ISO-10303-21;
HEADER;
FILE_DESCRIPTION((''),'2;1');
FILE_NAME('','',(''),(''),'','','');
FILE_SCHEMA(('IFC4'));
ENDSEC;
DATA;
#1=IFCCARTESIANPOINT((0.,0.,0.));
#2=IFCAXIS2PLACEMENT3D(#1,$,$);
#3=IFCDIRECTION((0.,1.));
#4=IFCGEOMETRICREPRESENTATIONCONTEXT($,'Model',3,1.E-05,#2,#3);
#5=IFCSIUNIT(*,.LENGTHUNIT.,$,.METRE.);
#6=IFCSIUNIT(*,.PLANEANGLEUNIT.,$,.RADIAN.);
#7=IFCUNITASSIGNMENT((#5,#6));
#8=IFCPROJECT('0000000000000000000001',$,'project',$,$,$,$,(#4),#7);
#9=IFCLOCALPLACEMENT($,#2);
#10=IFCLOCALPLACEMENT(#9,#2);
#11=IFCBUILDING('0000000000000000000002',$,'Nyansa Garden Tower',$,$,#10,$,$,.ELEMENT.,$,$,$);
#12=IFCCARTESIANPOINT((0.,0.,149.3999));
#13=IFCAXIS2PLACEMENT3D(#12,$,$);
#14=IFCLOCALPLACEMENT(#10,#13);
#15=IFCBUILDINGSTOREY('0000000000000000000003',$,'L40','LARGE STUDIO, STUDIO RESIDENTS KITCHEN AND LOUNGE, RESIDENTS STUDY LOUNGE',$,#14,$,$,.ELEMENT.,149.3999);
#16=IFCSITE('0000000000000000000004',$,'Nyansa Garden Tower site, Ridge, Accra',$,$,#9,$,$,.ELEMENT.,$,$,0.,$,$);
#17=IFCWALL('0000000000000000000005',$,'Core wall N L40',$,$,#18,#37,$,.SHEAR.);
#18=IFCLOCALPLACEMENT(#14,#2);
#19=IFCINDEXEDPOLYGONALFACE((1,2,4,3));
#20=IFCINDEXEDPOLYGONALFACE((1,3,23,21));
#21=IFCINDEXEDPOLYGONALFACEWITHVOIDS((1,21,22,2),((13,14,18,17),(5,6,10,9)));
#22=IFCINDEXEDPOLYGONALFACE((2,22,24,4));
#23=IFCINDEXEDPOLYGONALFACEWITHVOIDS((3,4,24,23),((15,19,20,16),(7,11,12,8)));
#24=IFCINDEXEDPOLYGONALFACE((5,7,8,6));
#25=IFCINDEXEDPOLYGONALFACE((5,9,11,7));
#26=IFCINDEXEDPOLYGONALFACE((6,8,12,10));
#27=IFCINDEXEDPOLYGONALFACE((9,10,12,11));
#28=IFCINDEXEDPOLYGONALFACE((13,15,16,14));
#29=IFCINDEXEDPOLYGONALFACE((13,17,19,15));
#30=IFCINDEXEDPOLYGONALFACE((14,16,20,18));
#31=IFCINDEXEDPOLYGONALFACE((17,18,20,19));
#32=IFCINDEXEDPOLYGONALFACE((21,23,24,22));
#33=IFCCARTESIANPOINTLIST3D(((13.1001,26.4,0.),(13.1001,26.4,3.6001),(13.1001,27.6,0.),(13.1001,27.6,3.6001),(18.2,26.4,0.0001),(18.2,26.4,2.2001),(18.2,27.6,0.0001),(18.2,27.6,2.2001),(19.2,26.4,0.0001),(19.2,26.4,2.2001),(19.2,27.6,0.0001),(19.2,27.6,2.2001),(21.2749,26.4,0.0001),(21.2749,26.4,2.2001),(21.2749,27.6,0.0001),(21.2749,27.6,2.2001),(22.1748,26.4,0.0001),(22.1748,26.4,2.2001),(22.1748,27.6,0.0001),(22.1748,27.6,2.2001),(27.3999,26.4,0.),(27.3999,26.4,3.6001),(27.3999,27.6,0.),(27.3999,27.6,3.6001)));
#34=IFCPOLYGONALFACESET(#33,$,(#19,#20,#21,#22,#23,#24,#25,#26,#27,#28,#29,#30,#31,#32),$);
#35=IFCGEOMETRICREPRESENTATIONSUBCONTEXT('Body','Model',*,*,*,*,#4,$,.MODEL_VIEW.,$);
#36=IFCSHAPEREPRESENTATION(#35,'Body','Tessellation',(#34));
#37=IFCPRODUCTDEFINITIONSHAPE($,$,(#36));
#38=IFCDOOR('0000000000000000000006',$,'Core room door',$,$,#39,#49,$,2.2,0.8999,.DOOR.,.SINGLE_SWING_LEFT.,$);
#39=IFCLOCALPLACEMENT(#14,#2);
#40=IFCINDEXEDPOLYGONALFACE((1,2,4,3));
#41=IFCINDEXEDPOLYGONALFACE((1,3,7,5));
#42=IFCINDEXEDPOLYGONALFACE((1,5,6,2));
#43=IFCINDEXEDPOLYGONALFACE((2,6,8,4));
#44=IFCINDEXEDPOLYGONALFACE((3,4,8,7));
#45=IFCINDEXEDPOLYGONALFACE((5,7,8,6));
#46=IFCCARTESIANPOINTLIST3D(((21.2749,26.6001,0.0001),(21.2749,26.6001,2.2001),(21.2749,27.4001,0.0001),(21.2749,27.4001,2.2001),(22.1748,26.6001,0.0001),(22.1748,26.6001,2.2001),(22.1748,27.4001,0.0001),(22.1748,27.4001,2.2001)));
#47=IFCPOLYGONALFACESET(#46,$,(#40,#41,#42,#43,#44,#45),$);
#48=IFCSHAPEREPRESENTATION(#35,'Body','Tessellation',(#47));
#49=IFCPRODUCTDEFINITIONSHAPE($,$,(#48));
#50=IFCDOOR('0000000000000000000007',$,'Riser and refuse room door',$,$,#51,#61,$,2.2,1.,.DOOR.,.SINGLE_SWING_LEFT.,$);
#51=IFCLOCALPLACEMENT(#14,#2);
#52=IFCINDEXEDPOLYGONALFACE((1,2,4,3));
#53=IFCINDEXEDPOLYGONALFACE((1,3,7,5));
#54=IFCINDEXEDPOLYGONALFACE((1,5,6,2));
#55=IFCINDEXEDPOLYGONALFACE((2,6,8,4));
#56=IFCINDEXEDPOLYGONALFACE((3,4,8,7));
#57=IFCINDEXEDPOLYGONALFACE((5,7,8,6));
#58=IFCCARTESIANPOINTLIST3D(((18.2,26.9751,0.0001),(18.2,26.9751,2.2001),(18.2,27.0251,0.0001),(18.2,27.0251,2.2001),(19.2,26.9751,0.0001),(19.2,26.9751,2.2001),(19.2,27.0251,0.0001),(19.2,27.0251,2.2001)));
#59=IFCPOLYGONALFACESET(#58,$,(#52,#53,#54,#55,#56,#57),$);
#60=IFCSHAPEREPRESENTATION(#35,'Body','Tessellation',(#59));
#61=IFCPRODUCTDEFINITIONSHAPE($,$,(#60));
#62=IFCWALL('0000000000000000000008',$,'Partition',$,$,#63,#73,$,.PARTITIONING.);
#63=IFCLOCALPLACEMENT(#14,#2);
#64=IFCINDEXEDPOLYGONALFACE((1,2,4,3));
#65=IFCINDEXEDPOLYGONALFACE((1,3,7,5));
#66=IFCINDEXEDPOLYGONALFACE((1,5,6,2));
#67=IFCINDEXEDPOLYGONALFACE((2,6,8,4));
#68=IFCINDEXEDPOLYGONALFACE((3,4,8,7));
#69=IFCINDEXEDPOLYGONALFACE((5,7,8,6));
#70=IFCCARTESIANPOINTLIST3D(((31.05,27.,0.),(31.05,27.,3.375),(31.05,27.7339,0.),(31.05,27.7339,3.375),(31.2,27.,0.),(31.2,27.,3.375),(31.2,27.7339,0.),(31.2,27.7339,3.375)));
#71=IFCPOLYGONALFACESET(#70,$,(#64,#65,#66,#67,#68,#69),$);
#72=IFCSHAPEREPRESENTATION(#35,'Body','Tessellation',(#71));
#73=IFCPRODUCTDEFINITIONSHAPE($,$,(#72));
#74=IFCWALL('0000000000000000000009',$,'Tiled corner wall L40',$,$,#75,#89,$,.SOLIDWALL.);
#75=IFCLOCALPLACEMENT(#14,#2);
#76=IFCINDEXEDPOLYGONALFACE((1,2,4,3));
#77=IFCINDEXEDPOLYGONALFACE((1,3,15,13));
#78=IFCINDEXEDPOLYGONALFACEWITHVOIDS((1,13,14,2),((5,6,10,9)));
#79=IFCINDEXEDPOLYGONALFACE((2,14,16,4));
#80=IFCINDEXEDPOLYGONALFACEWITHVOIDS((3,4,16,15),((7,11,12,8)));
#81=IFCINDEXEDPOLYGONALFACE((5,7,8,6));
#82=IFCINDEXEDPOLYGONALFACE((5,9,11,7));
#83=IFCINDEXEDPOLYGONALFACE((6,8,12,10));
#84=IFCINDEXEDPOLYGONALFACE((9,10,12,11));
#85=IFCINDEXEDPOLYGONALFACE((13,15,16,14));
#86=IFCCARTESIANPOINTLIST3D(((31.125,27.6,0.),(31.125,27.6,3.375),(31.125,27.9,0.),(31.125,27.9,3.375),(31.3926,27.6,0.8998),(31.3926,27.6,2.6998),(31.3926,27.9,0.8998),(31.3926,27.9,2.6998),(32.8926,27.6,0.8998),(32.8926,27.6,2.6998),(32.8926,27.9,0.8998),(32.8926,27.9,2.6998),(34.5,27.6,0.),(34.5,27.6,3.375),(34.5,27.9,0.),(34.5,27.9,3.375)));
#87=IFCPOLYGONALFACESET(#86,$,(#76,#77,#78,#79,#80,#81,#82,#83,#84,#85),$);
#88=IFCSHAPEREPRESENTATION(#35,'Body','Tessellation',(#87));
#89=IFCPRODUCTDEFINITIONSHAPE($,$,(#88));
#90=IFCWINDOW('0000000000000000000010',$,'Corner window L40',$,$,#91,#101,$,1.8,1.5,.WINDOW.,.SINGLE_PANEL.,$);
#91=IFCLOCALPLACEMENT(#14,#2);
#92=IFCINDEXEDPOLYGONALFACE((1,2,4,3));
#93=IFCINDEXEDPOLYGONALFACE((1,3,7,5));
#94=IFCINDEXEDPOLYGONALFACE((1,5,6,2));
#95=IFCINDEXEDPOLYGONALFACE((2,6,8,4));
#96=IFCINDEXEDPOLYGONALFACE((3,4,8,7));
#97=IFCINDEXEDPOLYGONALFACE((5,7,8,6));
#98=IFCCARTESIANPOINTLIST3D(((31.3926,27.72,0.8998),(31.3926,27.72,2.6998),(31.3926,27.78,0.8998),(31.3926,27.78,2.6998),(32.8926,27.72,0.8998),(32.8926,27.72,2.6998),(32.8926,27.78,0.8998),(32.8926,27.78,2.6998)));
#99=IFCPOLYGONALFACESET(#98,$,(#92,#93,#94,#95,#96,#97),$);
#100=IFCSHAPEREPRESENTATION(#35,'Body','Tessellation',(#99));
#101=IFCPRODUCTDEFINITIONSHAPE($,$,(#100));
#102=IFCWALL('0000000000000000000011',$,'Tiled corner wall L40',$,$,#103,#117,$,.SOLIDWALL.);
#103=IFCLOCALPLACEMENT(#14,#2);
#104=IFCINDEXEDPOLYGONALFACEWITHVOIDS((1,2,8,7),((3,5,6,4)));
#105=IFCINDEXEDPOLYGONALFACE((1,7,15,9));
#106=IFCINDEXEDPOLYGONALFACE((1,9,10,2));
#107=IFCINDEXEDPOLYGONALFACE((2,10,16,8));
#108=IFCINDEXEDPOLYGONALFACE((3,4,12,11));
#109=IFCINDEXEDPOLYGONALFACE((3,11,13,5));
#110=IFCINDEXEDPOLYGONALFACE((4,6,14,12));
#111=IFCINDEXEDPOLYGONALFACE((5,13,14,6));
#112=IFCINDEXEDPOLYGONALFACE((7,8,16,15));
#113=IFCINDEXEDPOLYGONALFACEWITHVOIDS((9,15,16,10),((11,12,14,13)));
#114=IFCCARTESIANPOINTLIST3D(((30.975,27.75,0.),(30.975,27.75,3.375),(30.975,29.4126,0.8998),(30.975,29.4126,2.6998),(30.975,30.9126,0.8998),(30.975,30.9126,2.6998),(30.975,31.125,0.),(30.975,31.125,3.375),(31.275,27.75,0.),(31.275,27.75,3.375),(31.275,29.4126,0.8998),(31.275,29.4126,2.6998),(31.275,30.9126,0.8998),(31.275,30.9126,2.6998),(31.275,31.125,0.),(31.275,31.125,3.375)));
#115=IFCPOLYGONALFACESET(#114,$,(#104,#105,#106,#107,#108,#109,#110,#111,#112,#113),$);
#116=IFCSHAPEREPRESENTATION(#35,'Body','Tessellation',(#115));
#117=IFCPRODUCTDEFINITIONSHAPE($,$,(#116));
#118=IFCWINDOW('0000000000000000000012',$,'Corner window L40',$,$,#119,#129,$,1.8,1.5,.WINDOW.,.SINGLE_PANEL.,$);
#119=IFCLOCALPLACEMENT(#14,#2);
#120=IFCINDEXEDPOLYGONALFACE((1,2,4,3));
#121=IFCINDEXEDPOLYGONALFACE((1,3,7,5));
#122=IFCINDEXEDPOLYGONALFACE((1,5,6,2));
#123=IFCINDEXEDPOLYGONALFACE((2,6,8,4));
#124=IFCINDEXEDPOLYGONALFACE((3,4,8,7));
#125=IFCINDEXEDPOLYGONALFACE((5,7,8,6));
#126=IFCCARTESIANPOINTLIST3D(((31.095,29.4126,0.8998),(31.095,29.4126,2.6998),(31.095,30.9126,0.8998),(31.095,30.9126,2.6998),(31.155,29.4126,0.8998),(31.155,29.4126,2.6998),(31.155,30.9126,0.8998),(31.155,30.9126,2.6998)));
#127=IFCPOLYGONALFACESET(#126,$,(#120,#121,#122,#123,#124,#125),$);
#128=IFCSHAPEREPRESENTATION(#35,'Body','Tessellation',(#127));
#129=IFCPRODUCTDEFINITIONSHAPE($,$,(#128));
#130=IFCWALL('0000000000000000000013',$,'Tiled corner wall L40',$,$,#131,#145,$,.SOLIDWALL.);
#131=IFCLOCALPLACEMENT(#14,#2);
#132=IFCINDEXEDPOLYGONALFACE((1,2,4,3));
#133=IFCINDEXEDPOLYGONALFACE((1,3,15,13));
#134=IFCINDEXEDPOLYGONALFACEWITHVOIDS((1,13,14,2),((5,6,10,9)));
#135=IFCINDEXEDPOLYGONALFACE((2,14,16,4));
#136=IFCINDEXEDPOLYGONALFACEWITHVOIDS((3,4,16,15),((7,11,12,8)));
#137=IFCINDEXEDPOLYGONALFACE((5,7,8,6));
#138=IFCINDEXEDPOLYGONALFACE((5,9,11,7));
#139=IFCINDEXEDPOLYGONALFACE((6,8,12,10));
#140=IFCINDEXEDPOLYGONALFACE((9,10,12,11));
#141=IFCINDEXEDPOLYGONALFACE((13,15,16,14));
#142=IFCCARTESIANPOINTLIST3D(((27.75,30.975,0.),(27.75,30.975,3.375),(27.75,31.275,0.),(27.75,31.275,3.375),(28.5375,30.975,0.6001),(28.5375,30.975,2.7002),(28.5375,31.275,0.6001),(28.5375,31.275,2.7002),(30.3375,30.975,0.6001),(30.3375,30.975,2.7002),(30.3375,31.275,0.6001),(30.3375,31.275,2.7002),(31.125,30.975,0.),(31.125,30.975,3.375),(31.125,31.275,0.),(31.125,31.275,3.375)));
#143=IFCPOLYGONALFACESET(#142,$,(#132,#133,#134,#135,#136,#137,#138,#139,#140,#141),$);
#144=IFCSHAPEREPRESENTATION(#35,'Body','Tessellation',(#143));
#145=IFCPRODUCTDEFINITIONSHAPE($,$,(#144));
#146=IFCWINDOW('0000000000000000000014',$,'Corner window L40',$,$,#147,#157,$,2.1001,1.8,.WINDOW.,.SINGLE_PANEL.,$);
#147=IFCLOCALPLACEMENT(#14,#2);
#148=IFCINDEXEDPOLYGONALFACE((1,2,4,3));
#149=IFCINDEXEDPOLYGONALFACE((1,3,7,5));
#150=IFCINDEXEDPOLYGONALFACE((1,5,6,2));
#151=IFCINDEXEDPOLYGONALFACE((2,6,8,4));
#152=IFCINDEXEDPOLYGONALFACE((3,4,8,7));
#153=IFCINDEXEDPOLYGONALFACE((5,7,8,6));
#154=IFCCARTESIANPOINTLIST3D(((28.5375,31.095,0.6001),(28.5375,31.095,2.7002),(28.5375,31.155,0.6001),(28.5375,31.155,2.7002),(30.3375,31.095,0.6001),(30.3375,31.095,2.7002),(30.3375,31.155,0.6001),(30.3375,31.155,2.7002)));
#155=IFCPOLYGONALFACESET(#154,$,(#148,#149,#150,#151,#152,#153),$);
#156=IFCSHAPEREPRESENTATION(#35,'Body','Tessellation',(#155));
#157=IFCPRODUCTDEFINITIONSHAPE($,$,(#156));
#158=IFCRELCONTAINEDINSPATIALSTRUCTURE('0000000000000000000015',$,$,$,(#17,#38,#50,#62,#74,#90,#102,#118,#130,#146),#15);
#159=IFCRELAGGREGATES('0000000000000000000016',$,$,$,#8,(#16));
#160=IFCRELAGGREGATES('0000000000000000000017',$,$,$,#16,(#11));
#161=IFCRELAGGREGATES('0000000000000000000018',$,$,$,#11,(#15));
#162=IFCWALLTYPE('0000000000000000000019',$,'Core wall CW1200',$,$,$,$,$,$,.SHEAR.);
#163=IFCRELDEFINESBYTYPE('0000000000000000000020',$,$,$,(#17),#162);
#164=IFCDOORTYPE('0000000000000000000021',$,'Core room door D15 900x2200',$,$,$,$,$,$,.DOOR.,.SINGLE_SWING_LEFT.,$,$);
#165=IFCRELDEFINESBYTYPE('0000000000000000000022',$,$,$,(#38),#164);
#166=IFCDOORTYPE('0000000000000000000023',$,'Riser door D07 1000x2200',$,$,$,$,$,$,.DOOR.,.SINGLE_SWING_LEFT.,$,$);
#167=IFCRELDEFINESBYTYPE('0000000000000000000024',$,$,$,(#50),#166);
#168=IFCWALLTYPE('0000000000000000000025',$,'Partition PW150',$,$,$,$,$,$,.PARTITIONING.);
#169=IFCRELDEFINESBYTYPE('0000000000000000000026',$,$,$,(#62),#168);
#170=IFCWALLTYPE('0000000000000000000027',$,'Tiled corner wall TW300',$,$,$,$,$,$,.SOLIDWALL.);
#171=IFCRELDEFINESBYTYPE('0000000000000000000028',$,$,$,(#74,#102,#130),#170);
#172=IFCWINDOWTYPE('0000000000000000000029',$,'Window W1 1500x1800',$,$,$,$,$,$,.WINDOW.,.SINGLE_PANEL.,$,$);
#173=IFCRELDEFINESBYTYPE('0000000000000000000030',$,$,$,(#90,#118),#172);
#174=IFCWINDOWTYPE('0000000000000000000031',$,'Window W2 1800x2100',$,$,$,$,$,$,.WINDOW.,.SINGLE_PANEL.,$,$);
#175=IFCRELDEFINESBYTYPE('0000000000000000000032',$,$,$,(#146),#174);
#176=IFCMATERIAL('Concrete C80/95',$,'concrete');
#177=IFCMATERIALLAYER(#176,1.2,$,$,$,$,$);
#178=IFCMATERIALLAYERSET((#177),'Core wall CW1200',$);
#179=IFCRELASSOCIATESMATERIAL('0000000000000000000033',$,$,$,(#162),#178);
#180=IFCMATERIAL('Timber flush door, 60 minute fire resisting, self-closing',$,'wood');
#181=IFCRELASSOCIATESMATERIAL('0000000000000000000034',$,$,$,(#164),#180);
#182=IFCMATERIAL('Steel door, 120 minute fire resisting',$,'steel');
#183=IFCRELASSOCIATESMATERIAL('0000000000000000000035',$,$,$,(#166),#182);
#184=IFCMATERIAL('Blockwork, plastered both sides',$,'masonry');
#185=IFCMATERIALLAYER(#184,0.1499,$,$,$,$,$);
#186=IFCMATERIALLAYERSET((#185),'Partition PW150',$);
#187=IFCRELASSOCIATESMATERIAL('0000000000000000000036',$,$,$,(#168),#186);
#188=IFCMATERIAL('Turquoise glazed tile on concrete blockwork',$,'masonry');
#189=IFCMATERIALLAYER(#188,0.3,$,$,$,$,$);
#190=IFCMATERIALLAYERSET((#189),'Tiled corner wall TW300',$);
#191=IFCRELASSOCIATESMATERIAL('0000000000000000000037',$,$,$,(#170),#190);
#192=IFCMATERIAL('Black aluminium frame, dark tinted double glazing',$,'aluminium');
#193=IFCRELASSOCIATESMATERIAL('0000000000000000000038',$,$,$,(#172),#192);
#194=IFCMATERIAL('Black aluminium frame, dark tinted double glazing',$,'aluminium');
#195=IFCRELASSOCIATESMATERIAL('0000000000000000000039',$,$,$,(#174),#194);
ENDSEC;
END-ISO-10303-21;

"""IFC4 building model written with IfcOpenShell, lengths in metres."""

from ifc_helpers import new_model, si_unit, direction, frame, frame_2d, origin, place, context, subcontext, project, spatial, rectangle, extrude, material, layer, layer_set, type_object, element, fill, save


model = new_model("IFC4")

# Units and contexts
model_context = context("Model", 3, precision=1e-05, world=origin(), true_north=direction((0.0, 1.0)))
body_context = subcontext(model_context, "Body", "Model", "MODEL_VIEW")
ifc_project = project(units=[si_unit("LENGTHUNIT", "METRE"), si_unit("PLANEANGLEUNIT", "RADIAN")], contexts=[model_context])

# Site, building, storey
site_placement = place(None, origin())
site = spatial("IfcSite", under=ifc_project, at=site_placement, Name="Nyansa Garden Tower site, Ridge, Accra", CompositionType="ELEMENT", RefElevation=0.0)
building_placement = place(site_placement, origin())
building = spatial("IfcBuilding", under=site, at=building_placement, Name="Nyansa Garden Tower", CompositionType="ELEMENT")
storey_placement = place(building_placement, frame((0.0, 0.0, 149.3999)))
storey = spatial("IfcBuildingStorey", under=building, at=storey_placement, Name="L40", Description="LARGE STUDIO, STUDIO RESIDENTS KITCHEN AND LOUNGE, RESIDENTS STUDY LOUNGE", CompositionType="ELEMENT", Elevation=149.3999)

# Wall, openings, doors
ifc_material_1 = material(Name="Concrete C80/95", Category="concrete")
ifc_layer_1 = layer(ifc_material_1, 1.2)
ifc_layer_set_1 = layer_set([ifc_layer_1], Name="Core wall CW1200")
wall_type_1 = type_object("IfcWallType", Name="Core wall CW1200", PredefinedType="SHEAR", material=ifc_layer_set_1)
wall_1_placement = place(storey_placement, frame((27.3999, 27.0, 0.0), z_axis=(0.0, 0.0, 1.0), x_axis=(-1.0, 0.0, 0.0)))
wall_1 = element("IfcWall", 1, at=wall_1_placement, inside=storey, type_object=wall_type_1, Name="Core wall N L40", PredefinedType="SHEAR", context=body_context, shape_type="SweptSolid", body=[
    extrude(rectangle(XDim=14.2998, YDim=1.2, at=frame_2d((7.1499, 0.0))), origin(), (0.0, 0.0, 1.0), 3.6001),
])
opening_1_placement = place(wall_1_placement, frame((5.2251, 0.0, 0.0)))
opening_1 = element("IfcOpeningElement", 2, at=opening_1_placement, cuts=wall_1, PredefinedType="OPENING", context=body_context, shape_type="SweptSolid", body=[
    extrude(rectangle(XDim=0.8999, YDim=2.2, at=frame_2d((0.45, 1.1001))), frame((0.0, 0.6099, 0.0), z_axis=(0.0, -1.0, 0.0), x_axis=(1.0, 0.0, 0.0)), (0.0, 0.0, 1.0), 1.22),
])
opening_2_placement = place(wall_1_placement, frame((8.2, 0.0, 0.0)))
opening_2 = element("IfcOpeningElement", 3, at=opening_2_placement, cuts=wall_1, PredefinedType="OPENING", context=body_context, shape_type="SweptSolid", body=[
    extrude(rectangle(XDim=1.0, YDim=2.2, at=frame_2d((0.5, 1.1001))), frame((0.0, 0.6099, 0.0), z_axis=(0.0, -1.0, 0.0), x_axis=(1.0, 0.0, 0.0)), (0.0, 0.0, 1.0), 1.22),
])
ifc_material_2 = material(Name="Timber flush door, 60 minute fire resisting, self-closing", Category="wood")
door_type_1 = type_object("IfcDoorType", Name="Core room door D15 900x2200", OperationType="SINGLE_SWING_LEFT", PredefinedType="DOOR", material=ifc_material_2)
door_1_placement = place(opening_1_placement, origin())
door_1 = element("IfcDoor", 4, at=door_1_placement, inside=storey, type_object=door_type_1, Name="Core room door", OperationType="SINGLE_SWING_LEFT", OverallHeight=2.2, OverallWidth=0.8999, PredefinedType="DOOR", context=body_context, shape_type="SweptSolid", body=[
    extrude(rectangle(XDim=0.8999, YDim=2.2, at=frame_2d((0.45, 1.1001))), frame((0.0, 0.3999, 0.0), z_axis=(0.0, -1.0, 0.0), x_axis=(1.0, 0.0, 0.0)), (0.0, 0.0, 1.0), 0.8),
])
fill(opening_1, door_1)
ifc_material_3 = material(Name="Steel door, 120 minute fire resisting", Category="steel")
door_type_2 = type_object("IfcDoorType", Name="Riser door D07 1000x2200", OperationType="SINGLE_SWING_LEFT", PredefinedType="DOOR", material=ifc_material_3)
door_2_placement = place(opening_2_placement, origin())
door_2 = element("IfcDoor", 5, at=door_2_placement, inside=storey, type_object=door_type_2, Name="Riser and refuse room door", OperationType="SINGLE_SWING_LEFT", OverallHeight=2.2, OverallWidth=1.0, PredefinedType="DOOR", context=body_context, shape_type="SweptSolid", body=[
    extrude(rectangle(XDim=1.0, YDim=2.2, at=frame_2d((0.5, 1.1001))), frame((0.0, 0.0249, 0.0), z_axis=(0.0, -1.0, 0.0), x_axis=(1.0, 0.0, 0.0)), (0.0, 0.0, 1.0), 0.05),
])
fill(opening_2, door_2)

# Wall
ifc_material_4 = material(Name="Blockwork, plastered both sides", Category="masonry")
ifc_layer_2 = layer(ifc_material_4, 0.1499)
ifc_layer_set_2 = layer_set([ifc_layer_2], Name="Partition PW150")
wall_type_2 = type_object("IfcWallType", Name="Partition PW150", PredefinedType="PARTITIONING", material=ifc_layer_set_2)
wall_2_placement = place(storey_placement, frame((31.125, 27.0, 0.0), z_axis=(0.0, 0.0, 1.0), x_axis=(0.0, 1.0, 0.0)))
element("IfcWall", 6, at=wall_2_placement, inside=storey, type_object=wall_type_2, Name="Partition", PredefinedType="PARTITIONING", context=body_context, shape_type="SweptSolid", body=[
    extrude(rectangle(XDim=0.7339, YDim=0.1499, at=frame_2d((0.3669, 0.0))), origin(), (0.0, 0.0, 1.0), 3.375),
])

# Walls, openings, windows
ifc_material_5 = material(Name="Turquoise glazed tile on concrete blockwork", Category="masonry")
ifc_layer_3 = layer(ifc_material_5, 0.3)
ifc_layer_set_3 = layer_set([ifc_layer_3], Name="Tiled corner wall TW300")
wall_type_3 = type_object("IfcWallType", Name="Tiled corner wall TW300", PredefinedType="SOLIDWALL", material=ifc_layer_set_3)
wall_3_placement = place(storey_placement, frame((34.5, 27.75, 0.0), z_axis=(0.0, 0.0, 1.0), x_axis=(-1.0, 0.0, 0.0)))
wall_3 = element("IfcWall", 7, at=wall_3_placement, inside=storey, type_object=wall_type_3, Name="Tiled corner wall L40", PredefinedType="SOLIDWALL", context=body_context, shape_type="SweptSolid", body=[
    extrude(rectangle(XDim=3.375, YDim=0.3, at=frame_2d((1.6875, 0.0))), origin(), (0.0, 0.0, 1.0), 3.375),
])
opening_3_placement = place(wall_3_placement, frame((1.6074, 0.0, 0.8999)))
opening_3 = element("IfcOpeningElement", 8, at=opening_3_placement, cuts=wall_3, PredefinedType="OPENING", context=body_context, shape_type="SweptSolid", body=[
    extrude(rectangle(XDim=1.5, YDim=1.8, at=frame_2d((0.75, 0.8999))), frame((0.0, 0.1599, 0.0), z_axis=(0.0, -1.0, 0.0), x_axis=(1.0, 0.0, 0.0)), (0.0, 0.0, 1.0), 0.3201),
])
ifc_material_6 = material(Name="Black aluminium frame, dark tinted double glazing", Category="aluminium")
window_type_1 = type_object("IfcWindowType", Name="Window W1 1500x1800", PartitioningType="SINGLE_PANEL", PredefinedType="WINDOW", material=ifc_material_6)
window_1_placement = place(opening_3_placement, origin())
window_1 = element("IfcWindow", 9, at=window_1_placement, inside=storey, type_object=window_type_1, Name="Corner window L40", OverallHeight=1.8, OverallWidth=1.5, PartitioningType="SINGLE_PANEL", PredefinedType="WINDOW", context=body_context, shape_type="SweptSolid", body=[
    extrude(rectangle(XDim=1.5, YDim=1.8, at=frame_2d((0.75, 0.8999))), frame((0.0, 0.03, 0.0), z_axis=(0.0, -1.0, 0.0), x_axis=(1.0, 0.0, 0.0)), (0.0, 0.0, 1.0), 0.0601),
])
fill(opening_3, window_1)
wall_4_placement = place(storey_placement, frame((31.125, 27.75, 0.0), z_axis=(0.0, 0.0, 1.0), x_axis=(0.0, 1.0, 0.0)))
wall_4 = element("IfcWall", 10, at=wall_4_placement, inside=storey, type_object=wall_type_3, Name="Tiled corner wall L40", PredefinedType="SOLIDWALL", context=body_context, shape_type="SweptSolid", body=[
    extrude(rectangle(XDim=3.375, YDim=0.3, at=frame_2d((1.6875, 0.0))), origin(), (0.0, 0.0, 1.0), 3.375),
])
opening_4_placement = place(wall_4_placement, frame((1.6626, 0.0, 0.8999)))
opening_4 = element("IfcOpeningElement", 11, at=opening_4_placement, cuts=wall_4, PredefinedType="OPENING", context=body_context, shape_type="SweptSolid", body=[
    extrude(rectangle(XDim=1.5, YDim=1.8, at=frame_2d((0.75, 0.8999))), frame((0.0, 0.1599, 0.0), z_axis=(0.0, -1.0, 0.0), x_axis=(1.0, 0.0, 0.0)), (0.0, 0.0, 1.0), 0.3201),
])
window_2_placement = place(opening_4_placement, origin())
window_2 = element("IfcWindow", 12, at=window_2_placement, inside=storey, type_object=window_type_1, Name="Corner window L40", OverallHeight=1.8, OverallWidth=1.5, PartitioningType="SINGLE_PANEL", PredefinedType="WINDOW", context=body_context, shape_type="SweptSolid", body=[
    extrude(rectangle(XDim=1.5, YDim=1.8, at=frame_2d((0.75, 0.8999))), frame((0.0, 0.03, 0.0), z_axis=(0.0, -1.0, 0.0), x_axis=(1.0, 0.0, 0.0)), (0.0, 0.0, 1.0), 0.0601),
])
fill(opening_4, window_2)
wall_5_placement = place(storey_placement, frame((31.125, 31.125, 0.0), z_axis=(0.0, 0.0, 1.0), x_axis=(-1.0, 0.0, 0.0)))
wall_5 = element("IfcWall", 13, at=wall_5_placement, inside=storey, type_object=wall_type_3, Name="Tiled corner wall L40", PredefinedType="SOLIDWALL", context=body_context, shape_type="SweptSolid", body=[
    extrude(rectangle(XDim=3.375, YDim=0.3, at=frame_2d((1.6875, 0.0))), origin(), (0.0, 0.0, 1.0), 3.375),
])
opening_5_placement = place(wall_5_placement, frame((0.7876, 0.0, 0.6001)))
opening_5 = element("IfcOpeningElement", 14, at=opening_5_placement, cuts=wall_5, PredefinedType="OPENING", context=body_context, shape_type="SweptSolid", body=[
    extrude(rectangle(XDim=1.8, YDim=2.1001, at=frame_2d((0.8999, 1.05))), frame((0.0, 0.1599, 0.0), z_axis=(0.0, -1.0, 0.0), x_axis=(1.0, 0.0, 0.0)), (0.0, 0.0, 1.0), 0.3201),
])
ifc_material_7 = material(Name="Black aluminium frame, dark tinted double glazing", Category="aluminium")
window_type_2 = type_object("IfcWindowType", Name="Window W2 1800x2100", PartitioningType="SINGLE_PANEL", PredefinedType="WINDOW", material=ifc_material_7)
window_3_placement = place(opening_5_placement, origin())
window_3 = element("IfcWindow", 15, at=window_3_placement, inside=storey, type_object=window_type_2, Name="Corner window L40", OverallHeight=2.1001, OverallWidth=1.8, PartitioningType="SINGLE_PANEL", PredefinedType="WINDOW", context=body_context, shape_type="SweptSolid", body=[
    extrude(rectangle(XDim=1.8, YDim=2.1001, at=frame_2d((0.8999, 1.05))), frame((0.0, 0.03, 0.0), z_axis=(0.0, -1.0, 0.0), x_axis=(1.0, 0.0, 0.0)), (0.0, 0.0, 1.0), 0.0601),
])
fill(opening_5, window_3)

save(model, "model.ifc")
